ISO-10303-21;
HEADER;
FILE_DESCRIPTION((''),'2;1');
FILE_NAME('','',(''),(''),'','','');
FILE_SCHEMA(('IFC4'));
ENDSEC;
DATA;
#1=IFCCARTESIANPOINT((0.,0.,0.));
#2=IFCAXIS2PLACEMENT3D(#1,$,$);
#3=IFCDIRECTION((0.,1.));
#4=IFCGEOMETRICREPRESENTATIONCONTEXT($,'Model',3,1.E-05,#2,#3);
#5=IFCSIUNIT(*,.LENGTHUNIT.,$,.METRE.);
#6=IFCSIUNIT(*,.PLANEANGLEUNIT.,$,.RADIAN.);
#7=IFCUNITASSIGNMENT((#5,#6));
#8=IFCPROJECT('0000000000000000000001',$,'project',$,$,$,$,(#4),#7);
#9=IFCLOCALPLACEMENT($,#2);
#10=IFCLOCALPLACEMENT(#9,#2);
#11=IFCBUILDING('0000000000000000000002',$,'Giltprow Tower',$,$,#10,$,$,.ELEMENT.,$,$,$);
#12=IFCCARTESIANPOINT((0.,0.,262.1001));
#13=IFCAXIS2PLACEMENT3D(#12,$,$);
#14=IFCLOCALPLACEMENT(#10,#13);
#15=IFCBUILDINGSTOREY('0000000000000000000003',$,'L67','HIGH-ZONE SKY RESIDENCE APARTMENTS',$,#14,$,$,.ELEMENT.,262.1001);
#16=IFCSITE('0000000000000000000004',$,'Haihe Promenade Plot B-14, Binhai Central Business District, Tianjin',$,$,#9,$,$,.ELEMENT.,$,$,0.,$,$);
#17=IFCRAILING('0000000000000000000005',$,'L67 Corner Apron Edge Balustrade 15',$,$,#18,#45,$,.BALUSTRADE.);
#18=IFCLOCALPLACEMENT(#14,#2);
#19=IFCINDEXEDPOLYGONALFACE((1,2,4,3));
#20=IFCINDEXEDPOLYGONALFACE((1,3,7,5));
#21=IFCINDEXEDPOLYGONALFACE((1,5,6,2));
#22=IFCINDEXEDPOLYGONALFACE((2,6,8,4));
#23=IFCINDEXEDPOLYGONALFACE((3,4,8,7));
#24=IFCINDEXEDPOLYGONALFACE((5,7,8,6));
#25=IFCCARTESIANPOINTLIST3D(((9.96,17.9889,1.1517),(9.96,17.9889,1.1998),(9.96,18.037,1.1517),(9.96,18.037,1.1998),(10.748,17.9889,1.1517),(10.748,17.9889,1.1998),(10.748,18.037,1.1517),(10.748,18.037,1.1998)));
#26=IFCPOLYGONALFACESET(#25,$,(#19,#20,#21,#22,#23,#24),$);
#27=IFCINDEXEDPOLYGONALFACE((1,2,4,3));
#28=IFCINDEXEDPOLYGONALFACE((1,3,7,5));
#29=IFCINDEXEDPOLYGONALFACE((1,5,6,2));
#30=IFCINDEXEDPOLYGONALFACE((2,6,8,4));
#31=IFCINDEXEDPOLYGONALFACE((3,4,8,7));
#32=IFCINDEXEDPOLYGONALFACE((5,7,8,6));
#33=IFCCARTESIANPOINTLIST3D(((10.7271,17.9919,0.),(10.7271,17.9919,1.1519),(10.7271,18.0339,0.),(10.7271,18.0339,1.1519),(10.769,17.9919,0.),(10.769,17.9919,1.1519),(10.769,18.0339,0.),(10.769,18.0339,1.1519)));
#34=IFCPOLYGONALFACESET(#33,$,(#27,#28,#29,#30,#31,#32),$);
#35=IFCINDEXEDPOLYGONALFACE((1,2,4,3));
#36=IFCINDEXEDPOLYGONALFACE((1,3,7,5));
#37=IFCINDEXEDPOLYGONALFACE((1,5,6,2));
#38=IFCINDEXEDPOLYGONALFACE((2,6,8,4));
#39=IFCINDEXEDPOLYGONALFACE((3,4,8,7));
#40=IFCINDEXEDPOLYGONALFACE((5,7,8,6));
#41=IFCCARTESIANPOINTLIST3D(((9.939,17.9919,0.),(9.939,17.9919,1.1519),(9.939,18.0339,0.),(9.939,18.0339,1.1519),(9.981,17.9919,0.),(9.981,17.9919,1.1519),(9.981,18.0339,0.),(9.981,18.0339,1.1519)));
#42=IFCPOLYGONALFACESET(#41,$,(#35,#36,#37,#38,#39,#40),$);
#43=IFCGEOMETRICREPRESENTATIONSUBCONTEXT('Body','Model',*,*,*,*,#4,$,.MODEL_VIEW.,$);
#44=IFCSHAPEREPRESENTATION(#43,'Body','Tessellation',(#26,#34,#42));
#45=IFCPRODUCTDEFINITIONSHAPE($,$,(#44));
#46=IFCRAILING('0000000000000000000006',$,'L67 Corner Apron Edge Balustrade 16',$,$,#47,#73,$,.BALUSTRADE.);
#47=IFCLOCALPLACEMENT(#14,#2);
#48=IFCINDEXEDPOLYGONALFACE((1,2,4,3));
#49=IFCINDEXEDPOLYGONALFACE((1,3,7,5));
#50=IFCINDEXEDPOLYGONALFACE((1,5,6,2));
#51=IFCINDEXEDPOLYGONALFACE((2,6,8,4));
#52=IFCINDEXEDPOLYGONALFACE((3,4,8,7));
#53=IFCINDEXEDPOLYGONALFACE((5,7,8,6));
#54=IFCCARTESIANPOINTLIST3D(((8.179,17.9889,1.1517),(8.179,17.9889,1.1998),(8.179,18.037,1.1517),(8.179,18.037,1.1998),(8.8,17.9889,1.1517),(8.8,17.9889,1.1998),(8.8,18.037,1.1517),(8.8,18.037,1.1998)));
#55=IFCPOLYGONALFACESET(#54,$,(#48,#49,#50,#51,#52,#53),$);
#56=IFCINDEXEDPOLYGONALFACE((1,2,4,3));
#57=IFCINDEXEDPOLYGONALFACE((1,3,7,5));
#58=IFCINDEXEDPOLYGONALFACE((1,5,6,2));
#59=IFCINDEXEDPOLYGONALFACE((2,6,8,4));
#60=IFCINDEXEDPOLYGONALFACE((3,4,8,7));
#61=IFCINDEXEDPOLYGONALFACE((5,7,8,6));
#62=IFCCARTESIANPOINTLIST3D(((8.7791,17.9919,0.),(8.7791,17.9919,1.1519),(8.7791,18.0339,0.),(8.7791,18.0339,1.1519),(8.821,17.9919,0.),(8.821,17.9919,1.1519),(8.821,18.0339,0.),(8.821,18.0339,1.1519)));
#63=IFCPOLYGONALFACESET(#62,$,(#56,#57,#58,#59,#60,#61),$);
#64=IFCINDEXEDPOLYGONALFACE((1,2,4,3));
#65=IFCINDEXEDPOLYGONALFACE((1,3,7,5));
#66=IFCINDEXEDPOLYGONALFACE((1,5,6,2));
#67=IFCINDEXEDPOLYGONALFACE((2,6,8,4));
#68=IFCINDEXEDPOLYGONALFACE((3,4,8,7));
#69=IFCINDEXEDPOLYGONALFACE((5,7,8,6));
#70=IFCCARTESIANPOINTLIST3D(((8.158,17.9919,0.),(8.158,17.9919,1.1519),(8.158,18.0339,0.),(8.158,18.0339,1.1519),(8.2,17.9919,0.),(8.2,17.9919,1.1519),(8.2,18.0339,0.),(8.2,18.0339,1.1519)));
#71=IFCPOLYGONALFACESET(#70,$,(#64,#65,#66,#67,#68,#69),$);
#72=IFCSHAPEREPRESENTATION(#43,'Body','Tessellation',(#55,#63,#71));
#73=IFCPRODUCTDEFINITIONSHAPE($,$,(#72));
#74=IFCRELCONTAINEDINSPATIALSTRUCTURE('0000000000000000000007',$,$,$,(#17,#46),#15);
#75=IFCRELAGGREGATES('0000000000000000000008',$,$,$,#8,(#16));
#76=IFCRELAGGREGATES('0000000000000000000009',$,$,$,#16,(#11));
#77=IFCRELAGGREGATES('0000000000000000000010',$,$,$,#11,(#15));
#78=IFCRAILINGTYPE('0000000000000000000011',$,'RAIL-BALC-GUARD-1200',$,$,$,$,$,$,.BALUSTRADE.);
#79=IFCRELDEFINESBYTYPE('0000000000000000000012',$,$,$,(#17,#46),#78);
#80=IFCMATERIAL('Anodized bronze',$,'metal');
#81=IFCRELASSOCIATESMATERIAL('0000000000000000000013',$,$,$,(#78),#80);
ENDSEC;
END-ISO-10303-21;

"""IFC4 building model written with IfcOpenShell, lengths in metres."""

from ifc_helpers import new_model, si_unit, direction, frame, origin, origin_2d, place, context, subcontext, project, spatial, rectangle, extrude, material, type_object, element, save


model = new_model("IFC4")

# Units and contexts
model_context = context("Model", 3, precision=1e-05, world=origin(), true_north=direction((0.0, 1.0)))
body_context = subcontext(model_context, "Body", "Model", "MODEL_VIEW")
ifc_project = project(units=[si_unit("LENGTHUNIT", "METRE"), si_unit("PLANEANGLEUNIT", "RADIAN")], contexts=[model_context])

# Site, building, storey
site_placement = place(None, origin())
site = spatial("IfcSite", under=ifc_project, at=site_placement, Name="Haihe Promenade Plot B-14, Binhai Central Business District, Tianjin", CompositionType="ELEMENT", RefElevation=0.0)
building_placement = place(site_placement, origin())
building = spatial("IfcBuilding", under=site, at=building_placement, Name="Giltprow Tower", CompositionType="ELEMENT")
storey_placement = place(building_placement, frame((0.0, 0.0, 262.1001)))
storey = spatial("IfcBuildingStorey", under=building, at=storey_placement, Name="L67", Description="HIGH-ZONE SKY RESIDENCE APARTMENTS", CompositionType="ELEMENT", Elevation=262.1001)

# Shared definitions
ifc_material_1 = material(Name="Anodized bronze", Category="metal")

# Railings
railing_type = type_object("IfcRailingType", Name="RAIL-BALC-GUARD-1200", PredefinedType="BALUSTRADE", material=ifc_material_1)
railing_1_placement = place(storey_placement, frame((10.748, 18.0129, 0.0)))
element("IfcRailing", 1, at=railing_1_placement, inside=storey, type_object=railing_type, Name="L67 Corner Apron Edge Balustrade 15", PredefinedType="BALUSTRADE", context=body_context, shape_type="SweptSolid", body=[
    extrude(rectangle(XDim=0.0481, YDim=0.0481, at=origin_2d()), frame((0.0, 0.0, 1.1758), z_axis=(-1.0, 0.0, 0.0), x_axis=(0.0, -1.0, 0.0)), (0.0, 0.0, 1.0), 0.7881),
    extrude(rectangle(XDim=0.042, YDim=0.042, at=origin_2d()), origin(), (0.0, 0.0, 1.0), 1.1519),
    extrude(rectangle(XDim=0.042, YDim=0.042, at=origin_2d()), frame((-0.7881, 0.0, 0.0)), (0.0, 0.0, 1.0), 1.1519),
])
railing_2_placement = place(storey_placement, frame((8.8, 18.0129, 0.0)))
element("IfcRailing", 2, at=railing_2_placement, inside=storey, type_object=railing_type, Name="L67 Corner Apron Edge Balustrade 16", PredefinedType="BALUSTRADE", context=body_context, shape_type="SweptSolid", body=[
    extrude(rectangle(XDim=0.0481, YDim=0.0481, at=origin_2d()), frame((0.0, 0.0, 1.1758), z_axis=(-1.0, 0.0, 0.0), x_axis=(0.0, -1.0, 0.0)), (0.0, 0.0, 1.0), 0.6211),
    extrude(rectangle(XDim=0.042, YDim=0.042, at=origin_2d()), origin(), (0.0, 0.0, 1.0), 1.1519),
    extrude(rectangle(XDim=0.042, YDim=0.042, at=origin_2d()), frame((-0.6211, 0.0, 0.0)), (0.0, 0.0, 1.0), 1.1519),
])

save(model, "model.ifc")
